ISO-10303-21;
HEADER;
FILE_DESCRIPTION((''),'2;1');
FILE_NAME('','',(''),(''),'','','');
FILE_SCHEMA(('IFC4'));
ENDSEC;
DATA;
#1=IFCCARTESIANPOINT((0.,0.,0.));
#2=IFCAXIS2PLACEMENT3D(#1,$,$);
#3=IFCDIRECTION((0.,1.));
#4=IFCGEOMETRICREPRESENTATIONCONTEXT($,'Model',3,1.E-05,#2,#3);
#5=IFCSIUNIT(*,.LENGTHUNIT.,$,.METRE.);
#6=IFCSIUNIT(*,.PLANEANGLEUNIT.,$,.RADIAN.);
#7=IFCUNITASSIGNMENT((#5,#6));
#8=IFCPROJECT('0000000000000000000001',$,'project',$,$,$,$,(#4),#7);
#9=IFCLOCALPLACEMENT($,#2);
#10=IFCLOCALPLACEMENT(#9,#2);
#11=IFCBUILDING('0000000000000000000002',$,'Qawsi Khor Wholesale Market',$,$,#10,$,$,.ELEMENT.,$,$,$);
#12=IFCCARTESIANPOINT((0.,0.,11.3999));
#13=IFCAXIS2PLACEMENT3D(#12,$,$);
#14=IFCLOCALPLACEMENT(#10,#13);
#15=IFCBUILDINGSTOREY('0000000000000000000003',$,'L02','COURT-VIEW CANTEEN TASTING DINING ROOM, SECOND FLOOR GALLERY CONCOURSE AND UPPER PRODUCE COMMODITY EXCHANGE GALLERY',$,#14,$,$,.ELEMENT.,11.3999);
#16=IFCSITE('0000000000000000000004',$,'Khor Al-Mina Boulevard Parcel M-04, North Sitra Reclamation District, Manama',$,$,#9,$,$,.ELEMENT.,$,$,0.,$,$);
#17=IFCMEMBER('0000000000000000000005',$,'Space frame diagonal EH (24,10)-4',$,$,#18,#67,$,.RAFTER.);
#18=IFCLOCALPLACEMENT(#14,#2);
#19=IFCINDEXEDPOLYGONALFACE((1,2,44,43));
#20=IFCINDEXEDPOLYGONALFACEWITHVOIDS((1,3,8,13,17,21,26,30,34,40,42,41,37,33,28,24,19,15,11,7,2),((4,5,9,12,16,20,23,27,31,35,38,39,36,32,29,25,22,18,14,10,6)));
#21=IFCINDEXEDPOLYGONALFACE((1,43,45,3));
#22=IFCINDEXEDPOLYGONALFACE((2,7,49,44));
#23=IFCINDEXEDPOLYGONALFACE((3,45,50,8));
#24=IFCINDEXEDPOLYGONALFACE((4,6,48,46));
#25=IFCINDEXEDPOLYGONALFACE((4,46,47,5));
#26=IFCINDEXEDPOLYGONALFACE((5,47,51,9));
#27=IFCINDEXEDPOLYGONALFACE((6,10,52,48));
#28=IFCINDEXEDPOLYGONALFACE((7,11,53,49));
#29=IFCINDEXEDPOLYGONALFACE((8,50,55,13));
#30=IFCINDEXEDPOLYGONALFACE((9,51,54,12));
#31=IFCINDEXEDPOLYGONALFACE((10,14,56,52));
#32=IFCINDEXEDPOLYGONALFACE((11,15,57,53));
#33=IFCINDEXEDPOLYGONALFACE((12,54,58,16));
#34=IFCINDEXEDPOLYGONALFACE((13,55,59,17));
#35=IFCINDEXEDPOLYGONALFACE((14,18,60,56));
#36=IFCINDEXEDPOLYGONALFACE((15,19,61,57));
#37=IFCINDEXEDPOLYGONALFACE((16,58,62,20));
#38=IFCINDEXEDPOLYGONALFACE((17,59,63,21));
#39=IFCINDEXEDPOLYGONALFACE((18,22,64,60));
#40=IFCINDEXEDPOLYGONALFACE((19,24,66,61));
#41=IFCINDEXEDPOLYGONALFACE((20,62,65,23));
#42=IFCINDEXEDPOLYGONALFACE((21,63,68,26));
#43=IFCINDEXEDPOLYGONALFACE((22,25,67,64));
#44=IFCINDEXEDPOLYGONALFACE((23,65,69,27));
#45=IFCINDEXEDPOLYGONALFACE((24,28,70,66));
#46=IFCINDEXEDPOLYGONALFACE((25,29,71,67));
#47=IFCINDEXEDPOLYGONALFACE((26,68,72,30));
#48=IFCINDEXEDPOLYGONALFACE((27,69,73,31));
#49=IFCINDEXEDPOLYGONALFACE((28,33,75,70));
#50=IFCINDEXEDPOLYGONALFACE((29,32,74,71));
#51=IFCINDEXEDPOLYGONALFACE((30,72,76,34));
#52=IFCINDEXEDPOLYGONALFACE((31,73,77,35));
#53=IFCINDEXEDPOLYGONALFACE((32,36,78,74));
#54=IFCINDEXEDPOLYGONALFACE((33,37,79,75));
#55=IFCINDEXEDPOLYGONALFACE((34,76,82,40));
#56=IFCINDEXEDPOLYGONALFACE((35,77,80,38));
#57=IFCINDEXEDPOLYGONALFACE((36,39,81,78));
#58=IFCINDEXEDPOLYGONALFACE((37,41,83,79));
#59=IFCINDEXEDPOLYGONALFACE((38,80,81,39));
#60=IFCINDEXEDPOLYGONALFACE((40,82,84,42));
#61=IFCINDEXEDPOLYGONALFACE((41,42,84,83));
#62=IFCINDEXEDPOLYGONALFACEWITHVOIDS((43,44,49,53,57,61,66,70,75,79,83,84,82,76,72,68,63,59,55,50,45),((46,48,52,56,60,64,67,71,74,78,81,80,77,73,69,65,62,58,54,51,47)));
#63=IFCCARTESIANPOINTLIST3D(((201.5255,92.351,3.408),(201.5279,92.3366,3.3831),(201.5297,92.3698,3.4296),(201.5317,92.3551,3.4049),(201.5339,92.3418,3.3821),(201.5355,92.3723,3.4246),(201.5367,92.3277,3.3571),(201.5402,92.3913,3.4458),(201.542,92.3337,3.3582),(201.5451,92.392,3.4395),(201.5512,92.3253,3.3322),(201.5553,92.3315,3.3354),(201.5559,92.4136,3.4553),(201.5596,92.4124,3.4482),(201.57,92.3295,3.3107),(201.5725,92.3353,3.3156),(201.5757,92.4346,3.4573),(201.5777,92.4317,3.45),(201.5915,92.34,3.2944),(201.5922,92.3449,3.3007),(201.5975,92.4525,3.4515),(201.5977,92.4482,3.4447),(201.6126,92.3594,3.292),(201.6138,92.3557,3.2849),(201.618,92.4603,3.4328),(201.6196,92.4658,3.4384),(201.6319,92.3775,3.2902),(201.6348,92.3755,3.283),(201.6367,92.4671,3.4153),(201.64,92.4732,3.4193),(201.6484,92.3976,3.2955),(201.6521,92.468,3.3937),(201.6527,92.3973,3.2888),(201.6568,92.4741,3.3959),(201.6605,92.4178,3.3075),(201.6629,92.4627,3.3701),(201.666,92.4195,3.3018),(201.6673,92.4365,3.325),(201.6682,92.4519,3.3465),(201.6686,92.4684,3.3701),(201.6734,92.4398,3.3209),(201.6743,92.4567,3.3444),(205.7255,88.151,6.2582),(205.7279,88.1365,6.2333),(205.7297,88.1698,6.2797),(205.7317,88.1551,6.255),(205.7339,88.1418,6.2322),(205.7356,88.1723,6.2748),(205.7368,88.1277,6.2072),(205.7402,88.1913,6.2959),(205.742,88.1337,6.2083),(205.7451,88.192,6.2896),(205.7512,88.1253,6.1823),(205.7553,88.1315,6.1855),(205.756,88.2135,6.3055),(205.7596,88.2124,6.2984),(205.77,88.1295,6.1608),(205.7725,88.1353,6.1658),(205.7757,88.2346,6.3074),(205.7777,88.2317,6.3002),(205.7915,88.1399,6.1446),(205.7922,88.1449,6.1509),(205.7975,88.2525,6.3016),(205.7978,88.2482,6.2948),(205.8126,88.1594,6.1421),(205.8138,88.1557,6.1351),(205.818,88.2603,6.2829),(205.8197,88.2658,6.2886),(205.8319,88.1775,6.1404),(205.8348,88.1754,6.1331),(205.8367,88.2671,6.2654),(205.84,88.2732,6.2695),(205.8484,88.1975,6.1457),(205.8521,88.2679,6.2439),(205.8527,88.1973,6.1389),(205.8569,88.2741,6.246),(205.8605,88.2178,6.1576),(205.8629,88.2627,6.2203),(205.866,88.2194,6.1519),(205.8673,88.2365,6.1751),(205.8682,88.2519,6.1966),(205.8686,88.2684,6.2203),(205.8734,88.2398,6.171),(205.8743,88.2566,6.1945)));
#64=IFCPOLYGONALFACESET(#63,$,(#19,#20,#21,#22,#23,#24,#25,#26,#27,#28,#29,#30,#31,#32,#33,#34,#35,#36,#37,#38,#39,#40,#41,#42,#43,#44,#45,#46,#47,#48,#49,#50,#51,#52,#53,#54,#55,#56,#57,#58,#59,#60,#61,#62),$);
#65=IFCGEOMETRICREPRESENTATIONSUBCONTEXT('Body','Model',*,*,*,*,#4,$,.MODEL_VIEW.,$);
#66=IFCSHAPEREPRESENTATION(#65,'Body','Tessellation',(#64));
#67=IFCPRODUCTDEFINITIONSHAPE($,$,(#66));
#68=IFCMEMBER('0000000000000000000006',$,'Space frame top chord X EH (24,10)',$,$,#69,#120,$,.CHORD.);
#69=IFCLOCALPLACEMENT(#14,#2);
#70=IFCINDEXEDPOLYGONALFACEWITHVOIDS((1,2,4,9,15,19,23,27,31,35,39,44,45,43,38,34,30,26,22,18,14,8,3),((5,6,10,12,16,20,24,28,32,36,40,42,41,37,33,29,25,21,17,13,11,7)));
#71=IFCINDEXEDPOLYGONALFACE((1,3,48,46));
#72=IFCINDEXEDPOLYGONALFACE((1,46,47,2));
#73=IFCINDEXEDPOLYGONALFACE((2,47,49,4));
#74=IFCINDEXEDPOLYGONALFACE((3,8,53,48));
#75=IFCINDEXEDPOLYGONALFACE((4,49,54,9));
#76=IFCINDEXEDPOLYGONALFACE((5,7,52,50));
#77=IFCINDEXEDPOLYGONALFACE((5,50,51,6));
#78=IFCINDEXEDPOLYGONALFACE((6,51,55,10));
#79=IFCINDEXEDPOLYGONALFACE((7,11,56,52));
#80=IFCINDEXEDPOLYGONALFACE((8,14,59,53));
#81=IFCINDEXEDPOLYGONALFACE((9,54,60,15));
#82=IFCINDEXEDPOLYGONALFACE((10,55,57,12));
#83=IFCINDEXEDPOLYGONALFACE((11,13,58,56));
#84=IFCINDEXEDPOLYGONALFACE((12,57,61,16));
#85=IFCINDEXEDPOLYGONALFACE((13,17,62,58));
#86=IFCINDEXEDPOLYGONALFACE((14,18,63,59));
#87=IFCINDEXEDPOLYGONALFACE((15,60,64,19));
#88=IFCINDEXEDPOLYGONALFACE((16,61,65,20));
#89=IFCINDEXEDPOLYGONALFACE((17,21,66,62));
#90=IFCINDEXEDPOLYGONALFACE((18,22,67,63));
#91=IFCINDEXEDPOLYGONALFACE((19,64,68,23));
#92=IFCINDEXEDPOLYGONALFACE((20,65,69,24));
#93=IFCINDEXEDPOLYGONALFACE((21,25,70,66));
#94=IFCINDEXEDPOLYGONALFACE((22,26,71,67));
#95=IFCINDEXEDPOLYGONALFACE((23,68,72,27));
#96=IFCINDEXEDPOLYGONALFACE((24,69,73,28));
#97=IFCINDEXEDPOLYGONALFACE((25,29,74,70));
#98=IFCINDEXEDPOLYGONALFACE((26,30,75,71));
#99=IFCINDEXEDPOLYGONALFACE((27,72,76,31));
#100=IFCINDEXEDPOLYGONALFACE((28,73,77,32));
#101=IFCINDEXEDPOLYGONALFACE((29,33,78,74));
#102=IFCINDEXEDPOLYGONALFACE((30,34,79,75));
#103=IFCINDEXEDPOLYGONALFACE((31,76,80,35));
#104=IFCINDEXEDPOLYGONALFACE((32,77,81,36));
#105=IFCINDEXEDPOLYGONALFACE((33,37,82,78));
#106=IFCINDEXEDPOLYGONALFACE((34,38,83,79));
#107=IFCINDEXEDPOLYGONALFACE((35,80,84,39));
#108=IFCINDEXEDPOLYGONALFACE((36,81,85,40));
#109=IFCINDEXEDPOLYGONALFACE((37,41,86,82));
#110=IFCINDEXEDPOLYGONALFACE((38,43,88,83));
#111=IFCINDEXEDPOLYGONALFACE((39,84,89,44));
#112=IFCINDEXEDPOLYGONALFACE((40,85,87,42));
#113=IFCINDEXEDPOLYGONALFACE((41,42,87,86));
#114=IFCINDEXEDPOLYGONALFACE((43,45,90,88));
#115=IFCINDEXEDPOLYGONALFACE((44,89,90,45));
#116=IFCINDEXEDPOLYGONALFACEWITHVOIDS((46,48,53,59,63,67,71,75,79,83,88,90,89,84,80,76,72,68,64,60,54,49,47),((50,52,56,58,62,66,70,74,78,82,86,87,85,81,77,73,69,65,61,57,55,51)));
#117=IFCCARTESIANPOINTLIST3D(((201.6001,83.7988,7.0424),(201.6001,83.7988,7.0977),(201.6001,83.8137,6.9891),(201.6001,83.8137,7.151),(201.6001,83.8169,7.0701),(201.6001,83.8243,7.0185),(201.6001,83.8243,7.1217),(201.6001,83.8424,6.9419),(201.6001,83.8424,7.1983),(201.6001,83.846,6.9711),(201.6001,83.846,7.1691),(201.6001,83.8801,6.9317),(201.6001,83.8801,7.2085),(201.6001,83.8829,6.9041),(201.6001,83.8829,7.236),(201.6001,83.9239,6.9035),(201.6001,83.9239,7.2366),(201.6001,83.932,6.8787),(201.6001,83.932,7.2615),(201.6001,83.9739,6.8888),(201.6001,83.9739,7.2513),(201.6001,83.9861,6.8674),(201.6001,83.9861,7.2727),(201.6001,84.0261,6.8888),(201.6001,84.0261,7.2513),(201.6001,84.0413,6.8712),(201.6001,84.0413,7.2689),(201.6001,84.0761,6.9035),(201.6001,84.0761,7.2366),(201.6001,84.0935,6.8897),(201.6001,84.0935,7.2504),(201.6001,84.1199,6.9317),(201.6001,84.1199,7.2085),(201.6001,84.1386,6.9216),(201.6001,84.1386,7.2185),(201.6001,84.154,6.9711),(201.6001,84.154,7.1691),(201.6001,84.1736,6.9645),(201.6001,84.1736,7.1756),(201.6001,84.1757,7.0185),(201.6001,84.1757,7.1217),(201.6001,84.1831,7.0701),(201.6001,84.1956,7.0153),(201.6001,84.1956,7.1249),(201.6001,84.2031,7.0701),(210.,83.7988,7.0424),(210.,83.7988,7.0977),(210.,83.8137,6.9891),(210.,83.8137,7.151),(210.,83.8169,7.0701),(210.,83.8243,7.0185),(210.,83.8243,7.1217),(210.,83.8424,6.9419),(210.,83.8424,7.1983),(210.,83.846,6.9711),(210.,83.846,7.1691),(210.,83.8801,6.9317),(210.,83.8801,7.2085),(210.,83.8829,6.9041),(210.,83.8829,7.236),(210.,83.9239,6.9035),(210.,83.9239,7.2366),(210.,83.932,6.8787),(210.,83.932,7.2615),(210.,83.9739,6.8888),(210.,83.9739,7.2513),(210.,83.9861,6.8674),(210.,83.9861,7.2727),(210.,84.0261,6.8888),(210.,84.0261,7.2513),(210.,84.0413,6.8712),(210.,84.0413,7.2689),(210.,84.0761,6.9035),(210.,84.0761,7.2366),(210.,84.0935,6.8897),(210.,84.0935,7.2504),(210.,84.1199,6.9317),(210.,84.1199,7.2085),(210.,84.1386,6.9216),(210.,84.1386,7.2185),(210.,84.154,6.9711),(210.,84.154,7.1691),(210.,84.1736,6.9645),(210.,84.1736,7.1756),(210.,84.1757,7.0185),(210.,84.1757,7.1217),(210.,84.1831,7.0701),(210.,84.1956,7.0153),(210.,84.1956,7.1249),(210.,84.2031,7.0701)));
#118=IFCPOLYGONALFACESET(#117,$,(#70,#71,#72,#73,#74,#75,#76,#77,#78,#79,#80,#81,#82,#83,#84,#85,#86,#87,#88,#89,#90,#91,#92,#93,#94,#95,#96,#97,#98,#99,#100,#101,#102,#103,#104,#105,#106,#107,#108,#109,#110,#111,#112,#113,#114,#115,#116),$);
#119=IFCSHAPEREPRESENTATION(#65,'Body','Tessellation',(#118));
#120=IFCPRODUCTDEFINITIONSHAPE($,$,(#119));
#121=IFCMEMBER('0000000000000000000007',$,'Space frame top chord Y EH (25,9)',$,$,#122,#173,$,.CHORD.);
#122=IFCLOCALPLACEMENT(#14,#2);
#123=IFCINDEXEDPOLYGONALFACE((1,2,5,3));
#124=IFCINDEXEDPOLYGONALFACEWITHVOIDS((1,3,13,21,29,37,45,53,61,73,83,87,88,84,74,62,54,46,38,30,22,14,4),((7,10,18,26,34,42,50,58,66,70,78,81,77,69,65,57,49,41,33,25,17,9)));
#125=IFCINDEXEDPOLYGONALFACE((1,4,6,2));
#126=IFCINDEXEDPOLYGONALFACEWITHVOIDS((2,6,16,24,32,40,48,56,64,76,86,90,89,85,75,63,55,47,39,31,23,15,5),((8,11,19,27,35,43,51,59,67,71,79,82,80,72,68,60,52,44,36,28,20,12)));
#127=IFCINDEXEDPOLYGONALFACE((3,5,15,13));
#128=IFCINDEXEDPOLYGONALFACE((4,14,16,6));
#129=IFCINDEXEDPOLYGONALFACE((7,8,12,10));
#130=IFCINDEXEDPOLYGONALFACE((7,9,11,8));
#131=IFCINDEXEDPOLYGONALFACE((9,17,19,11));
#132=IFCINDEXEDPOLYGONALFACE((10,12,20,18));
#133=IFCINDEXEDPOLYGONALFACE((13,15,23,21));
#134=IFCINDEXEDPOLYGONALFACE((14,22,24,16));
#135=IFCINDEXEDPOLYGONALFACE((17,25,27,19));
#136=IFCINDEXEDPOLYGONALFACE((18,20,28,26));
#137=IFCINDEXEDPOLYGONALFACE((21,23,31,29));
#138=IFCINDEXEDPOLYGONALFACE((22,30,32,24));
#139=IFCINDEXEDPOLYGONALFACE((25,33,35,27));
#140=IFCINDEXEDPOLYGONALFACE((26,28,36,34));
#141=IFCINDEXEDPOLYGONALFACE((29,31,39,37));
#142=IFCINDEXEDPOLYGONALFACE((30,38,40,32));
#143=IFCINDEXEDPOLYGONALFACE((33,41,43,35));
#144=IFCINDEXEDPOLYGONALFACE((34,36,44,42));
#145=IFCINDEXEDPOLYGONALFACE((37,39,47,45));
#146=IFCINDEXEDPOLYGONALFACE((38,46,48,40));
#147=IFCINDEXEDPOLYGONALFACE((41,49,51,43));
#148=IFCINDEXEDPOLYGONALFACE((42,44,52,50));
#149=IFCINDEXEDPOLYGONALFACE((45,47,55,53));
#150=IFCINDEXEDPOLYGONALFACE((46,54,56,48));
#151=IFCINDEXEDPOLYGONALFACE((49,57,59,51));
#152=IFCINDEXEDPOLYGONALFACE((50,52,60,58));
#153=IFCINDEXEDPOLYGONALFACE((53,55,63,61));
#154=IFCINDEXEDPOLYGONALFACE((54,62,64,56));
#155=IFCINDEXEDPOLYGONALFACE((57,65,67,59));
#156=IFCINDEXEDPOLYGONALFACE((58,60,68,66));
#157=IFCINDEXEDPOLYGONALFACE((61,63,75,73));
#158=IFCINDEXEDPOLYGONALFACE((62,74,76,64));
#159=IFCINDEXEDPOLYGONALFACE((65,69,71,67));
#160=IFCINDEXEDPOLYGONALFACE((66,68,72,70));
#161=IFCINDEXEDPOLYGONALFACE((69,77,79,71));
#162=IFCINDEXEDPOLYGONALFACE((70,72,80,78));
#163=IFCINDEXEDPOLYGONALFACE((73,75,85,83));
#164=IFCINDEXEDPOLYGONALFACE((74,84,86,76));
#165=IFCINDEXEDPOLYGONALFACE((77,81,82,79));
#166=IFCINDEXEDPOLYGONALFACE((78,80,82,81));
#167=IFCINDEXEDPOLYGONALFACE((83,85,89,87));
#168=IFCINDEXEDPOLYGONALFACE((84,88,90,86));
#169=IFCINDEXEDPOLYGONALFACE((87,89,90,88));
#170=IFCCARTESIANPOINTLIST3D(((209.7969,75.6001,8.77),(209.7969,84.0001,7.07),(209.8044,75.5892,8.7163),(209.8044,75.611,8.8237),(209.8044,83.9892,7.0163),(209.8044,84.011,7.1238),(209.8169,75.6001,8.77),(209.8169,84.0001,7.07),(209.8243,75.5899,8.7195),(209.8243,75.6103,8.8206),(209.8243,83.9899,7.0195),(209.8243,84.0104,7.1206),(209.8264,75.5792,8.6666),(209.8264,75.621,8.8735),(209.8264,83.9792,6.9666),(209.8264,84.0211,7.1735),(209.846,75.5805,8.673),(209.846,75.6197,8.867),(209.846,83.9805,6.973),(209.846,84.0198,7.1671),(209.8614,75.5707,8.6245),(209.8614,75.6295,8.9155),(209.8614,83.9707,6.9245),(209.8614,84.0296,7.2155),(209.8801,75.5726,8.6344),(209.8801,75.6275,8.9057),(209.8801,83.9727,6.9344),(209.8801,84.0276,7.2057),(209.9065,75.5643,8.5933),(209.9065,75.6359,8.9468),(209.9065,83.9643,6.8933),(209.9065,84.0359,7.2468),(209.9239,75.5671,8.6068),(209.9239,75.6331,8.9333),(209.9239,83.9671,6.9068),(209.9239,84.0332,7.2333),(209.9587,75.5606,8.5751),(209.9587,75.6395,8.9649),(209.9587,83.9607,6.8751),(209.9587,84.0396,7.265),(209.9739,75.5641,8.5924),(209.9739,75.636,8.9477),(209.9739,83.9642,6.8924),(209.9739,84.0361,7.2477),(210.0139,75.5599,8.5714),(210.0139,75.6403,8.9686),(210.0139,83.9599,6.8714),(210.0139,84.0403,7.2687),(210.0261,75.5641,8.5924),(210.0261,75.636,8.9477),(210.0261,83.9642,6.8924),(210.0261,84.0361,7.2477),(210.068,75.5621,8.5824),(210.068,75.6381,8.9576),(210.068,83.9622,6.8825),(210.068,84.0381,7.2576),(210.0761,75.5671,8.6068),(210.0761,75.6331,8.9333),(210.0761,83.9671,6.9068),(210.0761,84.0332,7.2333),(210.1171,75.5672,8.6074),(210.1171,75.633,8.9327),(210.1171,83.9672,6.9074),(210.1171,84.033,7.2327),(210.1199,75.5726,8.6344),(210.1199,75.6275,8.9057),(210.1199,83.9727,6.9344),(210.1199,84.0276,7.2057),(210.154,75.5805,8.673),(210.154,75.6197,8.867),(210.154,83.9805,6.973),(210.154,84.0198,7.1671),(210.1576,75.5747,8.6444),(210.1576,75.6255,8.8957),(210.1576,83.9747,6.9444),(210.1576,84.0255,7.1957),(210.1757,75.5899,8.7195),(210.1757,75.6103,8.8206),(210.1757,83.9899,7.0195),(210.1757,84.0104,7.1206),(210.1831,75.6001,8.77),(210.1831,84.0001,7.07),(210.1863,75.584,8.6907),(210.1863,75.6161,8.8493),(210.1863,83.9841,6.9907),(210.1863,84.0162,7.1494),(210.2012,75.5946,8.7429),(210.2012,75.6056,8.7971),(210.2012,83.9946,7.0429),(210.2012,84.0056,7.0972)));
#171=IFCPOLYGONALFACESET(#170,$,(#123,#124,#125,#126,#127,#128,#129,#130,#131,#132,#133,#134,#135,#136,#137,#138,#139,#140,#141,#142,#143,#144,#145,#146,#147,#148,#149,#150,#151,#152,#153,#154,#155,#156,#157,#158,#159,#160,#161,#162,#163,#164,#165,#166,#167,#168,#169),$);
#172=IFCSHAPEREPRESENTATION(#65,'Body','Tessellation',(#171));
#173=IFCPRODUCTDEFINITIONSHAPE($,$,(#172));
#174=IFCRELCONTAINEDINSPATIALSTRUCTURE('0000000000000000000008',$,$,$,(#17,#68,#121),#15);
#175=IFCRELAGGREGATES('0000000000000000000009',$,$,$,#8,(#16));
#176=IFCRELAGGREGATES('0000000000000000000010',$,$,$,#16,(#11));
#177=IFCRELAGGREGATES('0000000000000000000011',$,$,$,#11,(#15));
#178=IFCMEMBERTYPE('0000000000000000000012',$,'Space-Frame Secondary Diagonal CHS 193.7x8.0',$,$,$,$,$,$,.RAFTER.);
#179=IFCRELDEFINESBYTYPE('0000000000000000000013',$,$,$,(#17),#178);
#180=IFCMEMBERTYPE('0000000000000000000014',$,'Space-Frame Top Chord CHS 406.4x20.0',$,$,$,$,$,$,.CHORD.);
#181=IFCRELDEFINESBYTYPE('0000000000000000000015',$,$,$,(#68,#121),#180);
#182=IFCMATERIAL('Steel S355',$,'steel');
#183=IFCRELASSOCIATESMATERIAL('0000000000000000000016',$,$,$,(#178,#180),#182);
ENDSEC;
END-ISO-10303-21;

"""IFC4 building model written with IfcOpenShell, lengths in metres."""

from ifc_helpers import new_model, si_unit, direction, frame, origin, origin_2d, place, context, subcontext, project, spatial, hollow_circle, extrude, material, material_profile, profile_set, type_object, element, save


model = new_model("IFC4")

# Units and contexts
model_context = context("Model", 3, precision=1e-05, world=origin(), true_north=direction((0.0, 1.0)))
body_context = subcontext(model_context, "Body", "Model", "MODEL_VIEW")
ifc_project = project(units=[si_unit("LENGTHUNIT", "METRE"), si_unit("PLANEANGLEUNIT", "RADIAN")], contexts=[model_context])

# Site, building, storey
site_placement = place(None, origin())
site = spatial("IfcSite", under=ifc_project, at=site_placement, Name="Khor Al-Mina Boulevard Parcel M-04, North Sitra Reclamation District, Manama", CompositionType="ELEMENT", RefElevation=0.0)
building_placement = place(site_placement, origin())
building = spatial("IfcBuilding", under=site, at=building_placement, Name="Qawsi Khor Wholesale Market", CompositionType="ELEMENT")
storey_placement = place(building_placement, frame((0.0, 0.0, 11.3999)))
storey = spatial("IfcBuildingStorey", under=building, at=storey_placement, Name="L02", Description="COURT-VIEW CANTEEN TASTING DINING ROOM, SECOND FLOOR GALLERY CONCOURSE AND UPPER PRODUCE COMMODITY EXCHANGE GALLERY", CompositionType="ELEMENT", Elevation=11.3999)

# Members
ifc_material_1 = material(Name="Steel S355", Category="steel")
ifc_material_profile_1 = material_profile(ifc_material_1, hollow_circle(Radius=0.0969, WallThickness=0.0081, at=origin_2d()), Name="CHS 193.7x8.0")
ifc_profile_set_1 = profile_set([ifc_material_profile_1], Name="Steel S355")
member_type_1 = type_object("IfcMemberType", Name="Space-Frame Secondary Diagonal CHS 193.7x8.0", PredefinedType="RAFTER", material=ifc_profile_set_1)
member_1_placement = place(storey_placement, frame((201.6001, 92.3999, 3.3701), z_axis=(0.637512, -0.637512, 0.432617), x_axis=(0.707107, 0.707107, 0.0)))
element("IfcMember", 1, at=member_1_placement, inside=storey, type_object=member_type_1, Name="Space frame diagonal EH (24,10)-4", PredefinedType="RAFTER", context=body_context, shape_type="SweptSolid", body=[
    extrude(hollow_circle(Radius=0.0969, WallThickness=0.0081, at=origin_2d()), origin(), (0.0, 0.0, 1.0), 6.5881),
])
ifc_material_profile_2 = material_profile(ifc_material_1, hollow_circle(Radius=0.2031, WallThickness=0.02, at=origin_2d()), Name="CHS 406.4x20.0")
ifc_profile_set_2 = profile_set([ifc_material_profile_2], Name="Steel S355")
member_type_2 = type_object("IfcMemberType", Name="Space-Frame Top Chord CHS 406.4x20.0", PredefinedType="CHORD", material=ifc_profile_set_2)
member_2_placement = place(storey_placement, frame((201.6001, 84.0, 7.0701), z_axis=(1.0, 0.0, 0.0), x_axis=(0.0, 1.0, 0.0)))
element("IfcMember", 2, at=member_2_placement, inside=storey, type_object=member_type_2, Name="Space frame top chord X EH (24,10)", PredefinedType="CHORD", context=body_context, shape_type="SweptSolid", body=[
    extrude(hollow_circle(Radius=0.2031, WallThickness=0.02, at=origin_2d()), origin(), (0.0, 0.0, 1.0), 8.3999),
])
member_3_placement = place(storey_placement, frame((210.0, 75.6001, 8.77), z_axis=(0.0, 0.98013, -0.198356), x_axis=(-1.0, 0.0, 0.0)))
element("IfcMember", 3, at=member_3_placement, inside=storey, type_object=member_type_2, Name="Space frame top chord Y EH (25,9)", PredefinedType="CHORD", context=body_context, shape_type="SweptSolid", body=[
    extrude(hollow_circle(Radius=0.2031, WallThickness=0.02, at=origin_2d()), origin(), (0.0, 0.0, 1.0), 8.5703),
])

save(model, "model.ifc")
